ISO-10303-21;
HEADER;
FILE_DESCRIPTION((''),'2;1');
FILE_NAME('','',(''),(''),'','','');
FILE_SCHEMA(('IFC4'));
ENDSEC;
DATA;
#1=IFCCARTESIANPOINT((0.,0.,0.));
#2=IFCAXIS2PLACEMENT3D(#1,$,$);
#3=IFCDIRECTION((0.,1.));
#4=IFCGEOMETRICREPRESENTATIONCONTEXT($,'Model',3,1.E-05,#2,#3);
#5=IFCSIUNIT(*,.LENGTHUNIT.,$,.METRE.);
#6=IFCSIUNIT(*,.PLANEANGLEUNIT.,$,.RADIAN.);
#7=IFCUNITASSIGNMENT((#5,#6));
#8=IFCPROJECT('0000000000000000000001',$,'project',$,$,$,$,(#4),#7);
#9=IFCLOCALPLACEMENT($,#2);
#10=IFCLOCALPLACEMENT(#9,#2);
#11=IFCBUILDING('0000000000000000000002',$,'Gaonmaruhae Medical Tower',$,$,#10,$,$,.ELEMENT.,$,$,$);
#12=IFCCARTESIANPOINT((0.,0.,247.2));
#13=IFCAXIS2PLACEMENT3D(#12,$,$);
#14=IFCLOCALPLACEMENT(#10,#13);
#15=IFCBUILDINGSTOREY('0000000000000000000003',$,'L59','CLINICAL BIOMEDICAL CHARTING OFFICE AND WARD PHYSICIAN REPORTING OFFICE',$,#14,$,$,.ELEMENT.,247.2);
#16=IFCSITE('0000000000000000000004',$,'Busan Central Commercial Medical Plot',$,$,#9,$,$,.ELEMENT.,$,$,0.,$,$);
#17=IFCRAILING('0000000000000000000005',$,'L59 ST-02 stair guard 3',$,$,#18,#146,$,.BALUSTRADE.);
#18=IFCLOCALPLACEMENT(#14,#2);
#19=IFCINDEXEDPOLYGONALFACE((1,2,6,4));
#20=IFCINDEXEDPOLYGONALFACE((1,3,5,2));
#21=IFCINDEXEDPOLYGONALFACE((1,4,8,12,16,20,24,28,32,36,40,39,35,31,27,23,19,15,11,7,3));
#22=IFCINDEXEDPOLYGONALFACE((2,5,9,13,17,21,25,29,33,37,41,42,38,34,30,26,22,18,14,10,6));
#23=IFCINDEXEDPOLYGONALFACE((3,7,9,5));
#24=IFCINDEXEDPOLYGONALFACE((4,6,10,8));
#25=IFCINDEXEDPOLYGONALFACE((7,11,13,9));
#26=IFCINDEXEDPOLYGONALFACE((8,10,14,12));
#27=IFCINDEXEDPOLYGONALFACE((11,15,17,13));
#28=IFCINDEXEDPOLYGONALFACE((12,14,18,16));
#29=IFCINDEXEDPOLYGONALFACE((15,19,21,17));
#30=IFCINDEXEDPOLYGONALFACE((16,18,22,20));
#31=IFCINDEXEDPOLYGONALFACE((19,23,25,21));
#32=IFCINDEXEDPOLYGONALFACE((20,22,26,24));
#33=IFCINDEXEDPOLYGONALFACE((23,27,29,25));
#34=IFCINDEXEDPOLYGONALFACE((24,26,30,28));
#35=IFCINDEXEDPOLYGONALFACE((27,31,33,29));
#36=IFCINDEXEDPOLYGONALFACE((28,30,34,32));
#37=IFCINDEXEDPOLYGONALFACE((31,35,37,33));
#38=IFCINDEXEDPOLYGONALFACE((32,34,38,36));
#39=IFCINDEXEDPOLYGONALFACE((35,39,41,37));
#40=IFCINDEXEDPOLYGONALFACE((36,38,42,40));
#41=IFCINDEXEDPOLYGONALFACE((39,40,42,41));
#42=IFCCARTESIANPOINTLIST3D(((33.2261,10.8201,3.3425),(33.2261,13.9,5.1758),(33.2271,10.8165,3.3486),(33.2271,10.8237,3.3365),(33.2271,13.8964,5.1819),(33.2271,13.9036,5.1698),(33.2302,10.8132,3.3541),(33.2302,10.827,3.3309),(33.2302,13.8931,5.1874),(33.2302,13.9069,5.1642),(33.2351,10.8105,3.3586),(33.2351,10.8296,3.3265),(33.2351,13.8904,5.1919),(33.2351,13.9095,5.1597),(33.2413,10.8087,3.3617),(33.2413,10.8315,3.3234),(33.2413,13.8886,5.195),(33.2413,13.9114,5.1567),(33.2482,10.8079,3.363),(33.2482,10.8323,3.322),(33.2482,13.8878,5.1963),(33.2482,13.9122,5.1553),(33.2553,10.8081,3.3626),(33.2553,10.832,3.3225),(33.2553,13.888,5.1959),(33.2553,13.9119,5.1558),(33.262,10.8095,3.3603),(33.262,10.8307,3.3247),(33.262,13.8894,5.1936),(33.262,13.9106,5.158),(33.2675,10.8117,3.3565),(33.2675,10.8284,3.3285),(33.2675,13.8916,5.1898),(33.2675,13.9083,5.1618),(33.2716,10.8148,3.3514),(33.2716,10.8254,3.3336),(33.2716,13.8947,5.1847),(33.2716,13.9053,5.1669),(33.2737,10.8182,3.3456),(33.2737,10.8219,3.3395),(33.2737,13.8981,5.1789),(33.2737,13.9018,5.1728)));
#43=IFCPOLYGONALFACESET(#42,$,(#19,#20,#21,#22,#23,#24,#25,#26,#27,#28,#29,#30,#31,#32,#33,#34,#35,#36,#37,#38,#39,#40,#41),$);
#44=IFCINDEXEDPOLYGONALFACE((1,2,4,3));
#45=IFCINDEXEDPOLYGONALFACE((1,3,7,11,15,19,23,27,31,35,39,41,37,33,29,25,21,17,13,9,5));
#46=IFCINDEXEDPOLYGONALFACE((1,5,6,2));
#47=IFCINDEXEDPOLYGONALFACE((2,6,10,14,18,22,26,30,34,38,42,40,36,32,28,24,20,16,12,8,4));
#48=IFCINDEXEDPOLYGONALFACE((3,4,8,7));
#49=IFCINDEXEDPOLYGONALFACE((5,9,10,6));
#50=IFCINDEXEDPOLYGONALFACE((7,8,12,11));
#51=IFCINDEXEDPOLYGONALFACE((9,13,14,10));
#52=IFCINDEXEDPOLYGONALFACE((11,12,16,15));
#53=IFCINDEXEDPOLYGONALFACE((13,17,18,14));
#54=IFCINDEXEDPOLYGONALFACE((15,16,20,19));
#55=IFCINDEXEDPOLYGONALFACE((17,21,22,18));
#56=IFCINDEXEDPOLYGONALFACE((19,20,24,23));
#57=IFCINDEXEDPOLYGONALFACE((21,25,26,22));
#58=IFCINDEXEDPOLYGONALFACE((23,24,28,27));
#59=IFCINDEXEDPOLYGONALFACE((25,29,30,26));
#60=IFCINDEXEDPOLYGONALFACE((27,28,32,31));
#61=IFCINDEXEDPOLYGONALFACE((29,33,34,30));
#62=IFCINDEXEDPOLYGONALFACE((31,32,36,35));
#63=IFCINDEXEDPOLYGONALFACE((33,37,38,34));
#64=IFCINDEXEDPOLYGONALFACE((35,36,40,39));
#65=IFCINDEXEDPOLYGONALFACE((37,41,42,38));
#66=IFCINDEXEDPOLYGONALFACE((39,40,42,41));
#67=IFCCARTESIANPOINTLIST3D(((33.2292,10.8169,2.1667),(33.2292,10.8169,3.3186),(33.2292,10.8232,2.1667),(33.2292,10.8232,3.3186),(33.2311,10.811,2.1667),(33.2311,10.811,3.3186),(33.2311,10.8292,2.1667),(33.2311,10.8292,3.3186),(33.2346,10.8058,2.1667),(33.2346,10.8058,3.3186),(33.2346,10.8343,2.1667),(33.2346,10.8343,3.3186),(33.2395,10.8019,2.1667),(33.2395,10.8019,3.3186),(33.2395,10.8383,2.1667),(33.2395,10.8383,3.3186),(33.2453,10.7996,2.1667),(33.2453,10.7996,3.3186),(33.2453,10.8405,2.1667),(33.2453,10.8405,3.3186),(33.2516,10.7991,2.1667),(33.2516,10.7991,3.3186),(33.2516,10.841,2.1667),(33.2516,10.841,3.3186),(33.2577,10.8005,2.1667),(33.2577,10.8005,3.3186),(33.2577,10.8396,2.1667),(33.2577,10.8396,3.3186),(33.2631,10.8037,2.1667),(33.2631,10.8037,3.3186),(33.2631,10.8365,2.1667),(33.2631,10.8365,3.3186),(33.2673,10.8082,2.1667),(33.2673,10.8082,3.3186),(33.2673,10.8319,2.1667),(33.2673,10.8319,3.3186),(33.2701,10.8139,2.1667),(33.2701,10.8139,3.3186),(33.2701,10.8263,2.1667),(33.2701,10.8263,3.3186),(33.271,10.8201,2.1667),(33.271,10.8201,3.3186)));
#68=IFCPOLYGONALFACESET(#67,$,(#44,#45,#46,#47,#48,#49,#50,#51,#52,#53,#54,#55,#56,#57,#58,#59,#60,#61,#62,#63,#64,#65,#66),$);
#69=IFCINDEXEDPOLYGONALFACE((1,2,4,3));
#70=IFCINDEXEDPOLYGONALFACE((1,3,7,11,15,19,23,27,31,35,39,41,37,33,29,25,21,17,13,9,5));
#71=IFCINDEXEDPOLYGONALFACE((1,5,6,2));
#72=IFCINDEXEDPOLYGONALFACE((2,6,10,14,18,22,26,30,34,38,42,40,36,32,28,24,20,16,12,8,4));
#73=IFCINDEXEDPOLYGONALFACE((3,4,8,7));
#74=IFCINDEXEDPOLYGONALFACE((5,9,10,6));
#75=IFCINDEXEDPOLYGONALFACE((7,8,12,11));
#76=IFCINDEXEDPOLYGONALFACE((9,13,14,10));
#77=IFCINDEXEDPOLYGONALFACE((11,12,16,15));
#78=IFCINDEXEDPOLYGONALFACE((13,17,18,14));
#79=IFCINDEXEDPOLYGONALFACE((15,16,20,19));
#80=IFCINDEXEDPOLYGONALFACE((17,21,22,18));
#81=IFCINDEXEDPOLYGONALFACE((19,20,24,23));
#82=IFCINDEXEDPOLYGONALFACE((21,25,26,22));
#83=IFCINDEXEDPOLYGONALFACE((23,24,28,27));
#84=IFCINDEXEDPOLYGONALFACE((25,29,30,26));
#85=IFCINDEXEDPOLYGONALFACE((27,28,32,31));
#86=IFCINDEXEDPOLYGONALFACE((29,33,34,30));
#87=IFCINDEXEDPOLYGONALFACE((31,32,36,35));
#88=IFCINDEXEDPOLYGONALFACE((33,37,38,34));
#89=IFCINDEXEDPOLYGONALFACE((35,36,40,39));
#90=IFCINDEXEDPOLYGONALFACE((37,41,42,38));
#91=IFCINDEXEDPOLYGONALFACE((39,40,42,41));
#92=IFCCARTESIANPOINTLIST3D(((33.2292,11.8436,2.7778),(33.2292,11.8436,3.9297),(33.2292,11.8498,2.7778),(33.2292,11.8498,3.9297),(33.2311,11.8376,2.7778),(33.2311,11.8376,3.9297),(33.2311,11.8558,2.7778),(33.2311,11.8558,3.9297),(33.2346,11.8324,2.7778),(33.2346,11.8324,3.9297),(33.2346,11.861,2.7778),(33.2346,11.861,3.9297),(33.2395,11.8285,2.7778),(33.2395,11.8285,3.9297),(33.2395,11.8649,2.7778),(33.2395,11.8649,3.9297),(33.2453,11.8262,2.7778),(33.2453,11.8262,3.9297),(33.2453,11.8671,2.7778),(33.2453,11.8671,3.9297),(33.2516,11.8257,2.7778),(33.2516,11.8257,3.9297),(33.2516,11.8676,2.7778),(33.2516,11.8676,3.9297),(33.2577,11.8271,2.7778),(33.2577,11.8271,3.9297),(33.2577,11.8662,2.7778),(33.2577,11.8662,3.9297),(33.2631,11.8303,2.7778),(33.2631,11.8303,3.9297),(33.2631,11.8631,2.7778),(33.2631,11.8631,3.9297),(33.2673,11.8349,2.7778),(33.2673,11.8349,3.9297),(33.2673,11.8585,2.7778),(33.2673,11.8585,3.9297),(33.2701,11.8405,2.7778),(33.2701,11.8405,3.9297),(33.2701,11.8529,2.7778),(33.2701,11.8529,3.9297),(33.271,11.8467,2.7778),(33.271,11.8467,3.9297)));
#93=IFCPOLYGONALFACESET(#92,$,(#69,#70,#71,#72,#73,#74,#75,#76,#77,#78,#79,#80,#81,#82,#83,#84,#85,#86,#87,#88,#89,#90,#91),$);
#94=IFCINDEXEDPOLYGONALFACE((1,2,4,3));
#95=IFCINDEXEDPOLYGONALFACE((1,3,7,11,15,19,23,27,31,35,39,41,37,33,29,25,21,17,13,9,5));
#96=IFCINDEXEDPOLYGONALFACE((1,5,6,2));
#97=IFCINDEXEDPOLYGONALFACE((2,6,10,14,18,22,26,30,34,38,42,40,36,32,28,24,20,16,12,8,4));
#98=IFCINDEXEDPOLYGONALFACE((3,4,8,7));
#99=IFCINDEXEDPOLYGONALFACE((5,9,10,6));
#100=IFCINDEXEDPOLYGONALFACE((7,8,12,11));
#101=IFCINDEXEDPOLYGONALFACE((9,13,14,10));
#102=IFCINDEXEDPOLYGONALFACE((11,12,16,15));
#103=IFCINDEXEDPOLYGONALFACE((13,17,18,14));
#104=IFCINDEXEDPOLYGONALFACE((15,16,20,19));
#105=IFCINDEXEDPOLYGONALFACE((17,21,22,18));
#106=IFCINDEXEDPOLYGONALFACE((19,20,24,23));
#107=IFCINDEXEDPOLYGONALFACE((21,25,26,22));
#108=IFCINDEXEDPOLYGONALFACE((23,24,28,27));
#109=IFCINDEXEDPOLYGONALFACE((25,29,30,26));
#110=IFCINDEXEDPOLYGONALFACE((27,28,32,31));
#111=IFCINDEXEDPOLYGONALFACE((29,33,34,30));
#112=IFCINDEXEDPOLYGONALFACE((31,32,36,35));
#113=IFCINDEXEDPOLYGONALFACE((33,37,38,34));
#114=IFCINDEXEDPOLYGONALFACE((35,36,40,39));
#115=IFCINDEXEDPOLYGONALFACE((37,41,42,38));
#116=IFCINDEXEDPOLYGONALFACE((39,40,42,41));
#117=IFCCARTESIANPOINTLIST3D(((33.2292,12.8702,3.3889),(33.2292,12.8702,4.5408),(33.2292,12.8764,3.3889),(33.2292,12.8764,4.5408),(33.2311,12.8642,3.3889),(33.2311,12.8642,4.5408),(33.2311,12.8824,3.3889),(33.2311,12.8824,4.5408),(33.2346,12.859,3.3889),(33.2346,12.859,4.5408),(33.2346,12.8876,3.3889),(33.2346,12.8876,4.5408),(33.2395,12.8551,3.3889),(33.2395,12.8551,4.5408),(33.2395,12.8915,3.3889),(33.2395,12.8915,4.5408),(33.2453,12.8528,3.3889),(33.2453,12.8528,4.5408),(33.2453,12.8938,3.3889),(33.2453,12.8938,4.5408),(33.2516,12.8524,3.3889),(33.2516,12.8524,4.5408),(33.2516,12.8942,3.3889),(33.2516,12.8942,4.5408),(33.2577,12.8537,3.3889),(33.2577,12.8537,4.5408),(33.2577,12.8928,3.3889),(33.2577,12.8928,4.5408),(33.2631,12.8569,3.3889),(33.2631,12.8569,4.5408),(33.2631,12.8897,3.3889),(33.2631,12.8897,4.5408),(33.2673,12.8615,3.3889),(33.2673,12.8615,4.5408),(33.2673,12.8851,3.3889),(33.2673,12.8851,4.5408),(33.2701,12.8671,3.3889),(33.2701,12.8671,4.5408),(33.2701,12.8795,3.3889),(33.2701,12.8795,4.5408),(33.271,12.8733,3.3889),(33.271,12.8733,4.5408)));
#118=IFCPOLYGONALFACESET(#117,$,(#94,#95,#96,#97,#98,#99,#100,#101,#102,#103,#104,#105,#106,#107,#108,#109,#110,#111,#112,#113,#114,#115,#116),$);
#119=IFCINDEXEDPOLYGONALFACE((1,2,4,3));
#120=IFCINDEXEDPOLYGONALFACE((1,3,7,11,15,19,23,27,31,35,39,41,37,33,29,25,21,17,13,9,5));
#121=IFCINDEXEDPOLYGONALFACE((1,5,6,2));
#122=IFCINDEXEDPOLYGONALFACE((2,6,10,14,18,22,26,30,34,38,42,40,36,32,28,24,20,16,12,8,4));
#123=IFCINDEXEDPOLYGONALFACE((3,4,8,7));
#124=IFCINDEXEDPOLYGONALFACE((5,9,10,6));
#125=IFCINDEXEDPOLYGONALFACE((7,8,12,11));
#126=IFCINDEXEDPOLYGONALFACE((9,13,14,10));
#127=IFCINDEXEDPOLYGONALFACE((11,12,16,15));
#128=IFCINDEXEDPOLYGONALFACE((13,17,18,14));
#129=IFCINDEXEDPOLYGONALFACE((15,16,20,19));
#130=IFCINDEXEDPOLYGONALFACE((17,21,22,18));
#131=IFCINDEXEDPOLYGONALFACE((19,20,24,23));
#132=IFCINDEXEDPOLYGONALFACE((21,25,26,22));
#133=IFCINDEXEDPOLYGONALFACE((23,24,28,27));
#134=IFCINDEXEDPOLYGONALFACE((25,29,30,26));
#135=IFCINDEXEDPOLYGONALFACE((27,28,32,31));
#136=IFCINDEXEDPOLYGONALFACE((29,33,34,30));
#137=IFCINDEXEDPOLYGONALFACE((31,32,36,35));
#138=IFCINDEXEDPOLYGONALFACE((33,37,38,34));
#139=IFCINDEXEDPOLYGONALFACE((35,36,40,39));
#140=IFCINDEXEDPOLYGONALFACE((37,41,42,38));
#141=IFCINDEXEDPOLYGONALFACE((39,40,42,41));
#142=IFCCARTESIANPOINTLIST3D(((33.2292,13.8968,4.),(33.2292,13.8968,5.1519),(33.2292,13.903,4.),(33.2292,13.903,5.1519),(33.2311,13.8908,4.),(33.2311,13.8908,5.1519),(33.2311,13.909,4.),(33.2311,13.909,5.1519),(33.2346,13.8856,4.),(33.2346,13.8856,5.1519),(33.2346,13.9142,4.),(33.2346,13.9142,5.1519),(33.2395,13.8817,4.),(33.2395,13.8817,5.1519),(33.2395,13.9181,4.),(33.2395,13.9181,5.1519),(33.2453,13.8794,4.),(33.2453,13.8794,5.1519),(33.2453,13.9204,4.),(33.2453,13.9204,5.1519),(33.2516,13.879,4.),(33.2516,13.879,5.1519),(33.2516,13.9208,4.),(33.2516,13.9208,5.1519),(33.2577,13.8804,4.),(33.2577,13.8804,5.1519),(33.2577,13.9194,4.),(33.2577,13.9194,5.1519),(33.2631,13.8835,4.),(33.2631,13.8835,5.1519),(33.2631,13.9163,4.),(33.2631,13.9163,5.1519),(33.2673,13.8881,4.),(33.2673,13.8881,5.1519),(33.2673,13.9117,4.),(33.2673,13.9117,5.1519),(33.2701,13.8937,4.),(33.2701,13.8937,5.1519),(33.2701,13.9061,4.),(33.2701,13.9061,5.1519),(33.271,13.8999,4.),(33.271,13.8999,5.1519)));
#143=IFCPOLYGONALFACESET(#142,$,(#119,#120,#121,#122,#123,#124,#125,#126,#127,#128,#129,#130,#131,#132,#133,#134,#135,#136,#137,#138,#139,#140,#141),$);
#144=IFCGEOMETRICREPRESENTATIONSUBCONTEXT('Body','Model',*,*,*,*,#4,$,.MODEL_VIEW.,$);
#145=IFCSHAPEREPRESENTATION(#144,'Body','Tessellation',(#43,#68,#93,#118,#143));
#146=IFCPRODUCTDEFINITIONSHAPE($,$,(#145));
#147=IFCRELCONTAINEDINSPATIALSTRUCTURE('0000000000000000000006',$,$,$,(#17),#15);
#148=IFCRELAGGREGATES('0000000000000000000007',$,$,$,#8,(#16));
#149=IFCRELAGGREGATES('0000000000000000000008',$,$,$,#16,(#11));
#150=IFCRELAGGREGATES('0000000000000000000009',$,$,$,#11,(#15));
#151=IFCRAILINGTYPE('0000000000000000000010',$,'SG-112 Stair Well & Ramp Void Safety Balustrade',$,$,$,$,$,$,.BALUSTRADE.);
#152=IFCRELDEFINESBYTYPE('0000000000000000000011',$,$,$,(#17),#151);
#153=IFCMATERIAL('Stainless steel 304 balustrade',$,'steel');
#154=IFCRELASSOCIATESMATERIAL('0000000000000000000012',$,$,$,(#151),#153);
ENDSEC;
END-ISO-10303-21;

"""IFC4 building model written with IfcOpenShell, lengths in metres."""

from ifc_helpers import new_model, si_unit, direction, frame, origin, origin_2d, place, context, subcontext, project, spatial, circle, extrude, material, type_object, element, save


model = new_model("IFC4")

# Units and contexts
model_context = context("Model", 3, precision=1e-05, world=origin(), true_north=direction((0.0, 1.0)))
body_context = subcontext(model_context, "Body", "Model", "MODEL_VIEW")
ifc_project = project(units=[si_unit("LENGTHUNIT", "METRE"), si_unit("PLANEANGLEUNIT", "RADIAN")], contexts=[model_context])

# Site, building, storey
site_placement = place(None, origin())
site = spatial("IfcSite", under=ifc_project, at=site_placement, Name="Busan Central Commercial Medical Plot", CompositionType="ELEMENT", RefElevation=0.0)
building_placement = place(site_placement, origin())
building = spatial("IfcBuilding", under=site, at=building_placement, Name="Gaonmaruhae Medical Tower", CompositionType="ELEMENT")
storey_placement = place(building_placement, frame((0.0, 0.0, 247.2)))
storey = spatial("IfcBuildingStorey", under=building, at=storey_placement, Name="L59", Description="CLINICAL BIOMEDICAL CHARTING OFFICE AND WARD PHYSICIAN REPORTING OFFICE", CompositionType="ELEMENT", Elevation=247.2)

# Railing
ifc_material_1 = material(Name="Stainless steel 304 balustrade", Category="steel")
railing_type_1 = type_object("IfcRailingType", Name="SG-112 Stair Well & Ramp Void Safety Balustrade", PredefinedType="BALUSTRADE", material=ifc_material_1)
railing_1_placement = place(storey_placement, frame((33.25, 10.8201, 2.1667)))
element("IfcRailing", 1, at=railing_1_placement, inside=storey, type_object=railing_type_1, Name="L59 ST-02 stair guard 3", PredefinedType="BALUSTRADE", context=body_context, shape_type="SweptSolid", body=[
    extrude(circle(Radius=0.0239, at=origin_2d()), frame((0.0, 0.0, 1.1758), z_axis=(0.0, 0.859291, 0.511487), x_axis=(-1.0, 0.0, 0.0)), (0.0, 0.0, 1.0), 3.5842),
    extrude(circle(Radius=0.021, at=origin_2d()), origin(), (0.0, 0.0, 1.0), 1.1519),
    extrude(circle(Radius=0.021, at=origin_2d()), frame((0.0, 1.0266, 0.6111)), (0.0, 0.0, 1.0), 1.1519),
    extrude(circle(Radius=0.021, at=origin_2d()), frame((0.0, 2.0532, 1.2222)), (0.0, 0.0, 1.0), 1.1519),
    extrude(circle(Radius=0.021, at=origin_2d()), frame((0.0, 3.0798, 1.8333)), (0.0, 0.0, 1.0), 1.1519),
])

save(model, "model.ifc")
